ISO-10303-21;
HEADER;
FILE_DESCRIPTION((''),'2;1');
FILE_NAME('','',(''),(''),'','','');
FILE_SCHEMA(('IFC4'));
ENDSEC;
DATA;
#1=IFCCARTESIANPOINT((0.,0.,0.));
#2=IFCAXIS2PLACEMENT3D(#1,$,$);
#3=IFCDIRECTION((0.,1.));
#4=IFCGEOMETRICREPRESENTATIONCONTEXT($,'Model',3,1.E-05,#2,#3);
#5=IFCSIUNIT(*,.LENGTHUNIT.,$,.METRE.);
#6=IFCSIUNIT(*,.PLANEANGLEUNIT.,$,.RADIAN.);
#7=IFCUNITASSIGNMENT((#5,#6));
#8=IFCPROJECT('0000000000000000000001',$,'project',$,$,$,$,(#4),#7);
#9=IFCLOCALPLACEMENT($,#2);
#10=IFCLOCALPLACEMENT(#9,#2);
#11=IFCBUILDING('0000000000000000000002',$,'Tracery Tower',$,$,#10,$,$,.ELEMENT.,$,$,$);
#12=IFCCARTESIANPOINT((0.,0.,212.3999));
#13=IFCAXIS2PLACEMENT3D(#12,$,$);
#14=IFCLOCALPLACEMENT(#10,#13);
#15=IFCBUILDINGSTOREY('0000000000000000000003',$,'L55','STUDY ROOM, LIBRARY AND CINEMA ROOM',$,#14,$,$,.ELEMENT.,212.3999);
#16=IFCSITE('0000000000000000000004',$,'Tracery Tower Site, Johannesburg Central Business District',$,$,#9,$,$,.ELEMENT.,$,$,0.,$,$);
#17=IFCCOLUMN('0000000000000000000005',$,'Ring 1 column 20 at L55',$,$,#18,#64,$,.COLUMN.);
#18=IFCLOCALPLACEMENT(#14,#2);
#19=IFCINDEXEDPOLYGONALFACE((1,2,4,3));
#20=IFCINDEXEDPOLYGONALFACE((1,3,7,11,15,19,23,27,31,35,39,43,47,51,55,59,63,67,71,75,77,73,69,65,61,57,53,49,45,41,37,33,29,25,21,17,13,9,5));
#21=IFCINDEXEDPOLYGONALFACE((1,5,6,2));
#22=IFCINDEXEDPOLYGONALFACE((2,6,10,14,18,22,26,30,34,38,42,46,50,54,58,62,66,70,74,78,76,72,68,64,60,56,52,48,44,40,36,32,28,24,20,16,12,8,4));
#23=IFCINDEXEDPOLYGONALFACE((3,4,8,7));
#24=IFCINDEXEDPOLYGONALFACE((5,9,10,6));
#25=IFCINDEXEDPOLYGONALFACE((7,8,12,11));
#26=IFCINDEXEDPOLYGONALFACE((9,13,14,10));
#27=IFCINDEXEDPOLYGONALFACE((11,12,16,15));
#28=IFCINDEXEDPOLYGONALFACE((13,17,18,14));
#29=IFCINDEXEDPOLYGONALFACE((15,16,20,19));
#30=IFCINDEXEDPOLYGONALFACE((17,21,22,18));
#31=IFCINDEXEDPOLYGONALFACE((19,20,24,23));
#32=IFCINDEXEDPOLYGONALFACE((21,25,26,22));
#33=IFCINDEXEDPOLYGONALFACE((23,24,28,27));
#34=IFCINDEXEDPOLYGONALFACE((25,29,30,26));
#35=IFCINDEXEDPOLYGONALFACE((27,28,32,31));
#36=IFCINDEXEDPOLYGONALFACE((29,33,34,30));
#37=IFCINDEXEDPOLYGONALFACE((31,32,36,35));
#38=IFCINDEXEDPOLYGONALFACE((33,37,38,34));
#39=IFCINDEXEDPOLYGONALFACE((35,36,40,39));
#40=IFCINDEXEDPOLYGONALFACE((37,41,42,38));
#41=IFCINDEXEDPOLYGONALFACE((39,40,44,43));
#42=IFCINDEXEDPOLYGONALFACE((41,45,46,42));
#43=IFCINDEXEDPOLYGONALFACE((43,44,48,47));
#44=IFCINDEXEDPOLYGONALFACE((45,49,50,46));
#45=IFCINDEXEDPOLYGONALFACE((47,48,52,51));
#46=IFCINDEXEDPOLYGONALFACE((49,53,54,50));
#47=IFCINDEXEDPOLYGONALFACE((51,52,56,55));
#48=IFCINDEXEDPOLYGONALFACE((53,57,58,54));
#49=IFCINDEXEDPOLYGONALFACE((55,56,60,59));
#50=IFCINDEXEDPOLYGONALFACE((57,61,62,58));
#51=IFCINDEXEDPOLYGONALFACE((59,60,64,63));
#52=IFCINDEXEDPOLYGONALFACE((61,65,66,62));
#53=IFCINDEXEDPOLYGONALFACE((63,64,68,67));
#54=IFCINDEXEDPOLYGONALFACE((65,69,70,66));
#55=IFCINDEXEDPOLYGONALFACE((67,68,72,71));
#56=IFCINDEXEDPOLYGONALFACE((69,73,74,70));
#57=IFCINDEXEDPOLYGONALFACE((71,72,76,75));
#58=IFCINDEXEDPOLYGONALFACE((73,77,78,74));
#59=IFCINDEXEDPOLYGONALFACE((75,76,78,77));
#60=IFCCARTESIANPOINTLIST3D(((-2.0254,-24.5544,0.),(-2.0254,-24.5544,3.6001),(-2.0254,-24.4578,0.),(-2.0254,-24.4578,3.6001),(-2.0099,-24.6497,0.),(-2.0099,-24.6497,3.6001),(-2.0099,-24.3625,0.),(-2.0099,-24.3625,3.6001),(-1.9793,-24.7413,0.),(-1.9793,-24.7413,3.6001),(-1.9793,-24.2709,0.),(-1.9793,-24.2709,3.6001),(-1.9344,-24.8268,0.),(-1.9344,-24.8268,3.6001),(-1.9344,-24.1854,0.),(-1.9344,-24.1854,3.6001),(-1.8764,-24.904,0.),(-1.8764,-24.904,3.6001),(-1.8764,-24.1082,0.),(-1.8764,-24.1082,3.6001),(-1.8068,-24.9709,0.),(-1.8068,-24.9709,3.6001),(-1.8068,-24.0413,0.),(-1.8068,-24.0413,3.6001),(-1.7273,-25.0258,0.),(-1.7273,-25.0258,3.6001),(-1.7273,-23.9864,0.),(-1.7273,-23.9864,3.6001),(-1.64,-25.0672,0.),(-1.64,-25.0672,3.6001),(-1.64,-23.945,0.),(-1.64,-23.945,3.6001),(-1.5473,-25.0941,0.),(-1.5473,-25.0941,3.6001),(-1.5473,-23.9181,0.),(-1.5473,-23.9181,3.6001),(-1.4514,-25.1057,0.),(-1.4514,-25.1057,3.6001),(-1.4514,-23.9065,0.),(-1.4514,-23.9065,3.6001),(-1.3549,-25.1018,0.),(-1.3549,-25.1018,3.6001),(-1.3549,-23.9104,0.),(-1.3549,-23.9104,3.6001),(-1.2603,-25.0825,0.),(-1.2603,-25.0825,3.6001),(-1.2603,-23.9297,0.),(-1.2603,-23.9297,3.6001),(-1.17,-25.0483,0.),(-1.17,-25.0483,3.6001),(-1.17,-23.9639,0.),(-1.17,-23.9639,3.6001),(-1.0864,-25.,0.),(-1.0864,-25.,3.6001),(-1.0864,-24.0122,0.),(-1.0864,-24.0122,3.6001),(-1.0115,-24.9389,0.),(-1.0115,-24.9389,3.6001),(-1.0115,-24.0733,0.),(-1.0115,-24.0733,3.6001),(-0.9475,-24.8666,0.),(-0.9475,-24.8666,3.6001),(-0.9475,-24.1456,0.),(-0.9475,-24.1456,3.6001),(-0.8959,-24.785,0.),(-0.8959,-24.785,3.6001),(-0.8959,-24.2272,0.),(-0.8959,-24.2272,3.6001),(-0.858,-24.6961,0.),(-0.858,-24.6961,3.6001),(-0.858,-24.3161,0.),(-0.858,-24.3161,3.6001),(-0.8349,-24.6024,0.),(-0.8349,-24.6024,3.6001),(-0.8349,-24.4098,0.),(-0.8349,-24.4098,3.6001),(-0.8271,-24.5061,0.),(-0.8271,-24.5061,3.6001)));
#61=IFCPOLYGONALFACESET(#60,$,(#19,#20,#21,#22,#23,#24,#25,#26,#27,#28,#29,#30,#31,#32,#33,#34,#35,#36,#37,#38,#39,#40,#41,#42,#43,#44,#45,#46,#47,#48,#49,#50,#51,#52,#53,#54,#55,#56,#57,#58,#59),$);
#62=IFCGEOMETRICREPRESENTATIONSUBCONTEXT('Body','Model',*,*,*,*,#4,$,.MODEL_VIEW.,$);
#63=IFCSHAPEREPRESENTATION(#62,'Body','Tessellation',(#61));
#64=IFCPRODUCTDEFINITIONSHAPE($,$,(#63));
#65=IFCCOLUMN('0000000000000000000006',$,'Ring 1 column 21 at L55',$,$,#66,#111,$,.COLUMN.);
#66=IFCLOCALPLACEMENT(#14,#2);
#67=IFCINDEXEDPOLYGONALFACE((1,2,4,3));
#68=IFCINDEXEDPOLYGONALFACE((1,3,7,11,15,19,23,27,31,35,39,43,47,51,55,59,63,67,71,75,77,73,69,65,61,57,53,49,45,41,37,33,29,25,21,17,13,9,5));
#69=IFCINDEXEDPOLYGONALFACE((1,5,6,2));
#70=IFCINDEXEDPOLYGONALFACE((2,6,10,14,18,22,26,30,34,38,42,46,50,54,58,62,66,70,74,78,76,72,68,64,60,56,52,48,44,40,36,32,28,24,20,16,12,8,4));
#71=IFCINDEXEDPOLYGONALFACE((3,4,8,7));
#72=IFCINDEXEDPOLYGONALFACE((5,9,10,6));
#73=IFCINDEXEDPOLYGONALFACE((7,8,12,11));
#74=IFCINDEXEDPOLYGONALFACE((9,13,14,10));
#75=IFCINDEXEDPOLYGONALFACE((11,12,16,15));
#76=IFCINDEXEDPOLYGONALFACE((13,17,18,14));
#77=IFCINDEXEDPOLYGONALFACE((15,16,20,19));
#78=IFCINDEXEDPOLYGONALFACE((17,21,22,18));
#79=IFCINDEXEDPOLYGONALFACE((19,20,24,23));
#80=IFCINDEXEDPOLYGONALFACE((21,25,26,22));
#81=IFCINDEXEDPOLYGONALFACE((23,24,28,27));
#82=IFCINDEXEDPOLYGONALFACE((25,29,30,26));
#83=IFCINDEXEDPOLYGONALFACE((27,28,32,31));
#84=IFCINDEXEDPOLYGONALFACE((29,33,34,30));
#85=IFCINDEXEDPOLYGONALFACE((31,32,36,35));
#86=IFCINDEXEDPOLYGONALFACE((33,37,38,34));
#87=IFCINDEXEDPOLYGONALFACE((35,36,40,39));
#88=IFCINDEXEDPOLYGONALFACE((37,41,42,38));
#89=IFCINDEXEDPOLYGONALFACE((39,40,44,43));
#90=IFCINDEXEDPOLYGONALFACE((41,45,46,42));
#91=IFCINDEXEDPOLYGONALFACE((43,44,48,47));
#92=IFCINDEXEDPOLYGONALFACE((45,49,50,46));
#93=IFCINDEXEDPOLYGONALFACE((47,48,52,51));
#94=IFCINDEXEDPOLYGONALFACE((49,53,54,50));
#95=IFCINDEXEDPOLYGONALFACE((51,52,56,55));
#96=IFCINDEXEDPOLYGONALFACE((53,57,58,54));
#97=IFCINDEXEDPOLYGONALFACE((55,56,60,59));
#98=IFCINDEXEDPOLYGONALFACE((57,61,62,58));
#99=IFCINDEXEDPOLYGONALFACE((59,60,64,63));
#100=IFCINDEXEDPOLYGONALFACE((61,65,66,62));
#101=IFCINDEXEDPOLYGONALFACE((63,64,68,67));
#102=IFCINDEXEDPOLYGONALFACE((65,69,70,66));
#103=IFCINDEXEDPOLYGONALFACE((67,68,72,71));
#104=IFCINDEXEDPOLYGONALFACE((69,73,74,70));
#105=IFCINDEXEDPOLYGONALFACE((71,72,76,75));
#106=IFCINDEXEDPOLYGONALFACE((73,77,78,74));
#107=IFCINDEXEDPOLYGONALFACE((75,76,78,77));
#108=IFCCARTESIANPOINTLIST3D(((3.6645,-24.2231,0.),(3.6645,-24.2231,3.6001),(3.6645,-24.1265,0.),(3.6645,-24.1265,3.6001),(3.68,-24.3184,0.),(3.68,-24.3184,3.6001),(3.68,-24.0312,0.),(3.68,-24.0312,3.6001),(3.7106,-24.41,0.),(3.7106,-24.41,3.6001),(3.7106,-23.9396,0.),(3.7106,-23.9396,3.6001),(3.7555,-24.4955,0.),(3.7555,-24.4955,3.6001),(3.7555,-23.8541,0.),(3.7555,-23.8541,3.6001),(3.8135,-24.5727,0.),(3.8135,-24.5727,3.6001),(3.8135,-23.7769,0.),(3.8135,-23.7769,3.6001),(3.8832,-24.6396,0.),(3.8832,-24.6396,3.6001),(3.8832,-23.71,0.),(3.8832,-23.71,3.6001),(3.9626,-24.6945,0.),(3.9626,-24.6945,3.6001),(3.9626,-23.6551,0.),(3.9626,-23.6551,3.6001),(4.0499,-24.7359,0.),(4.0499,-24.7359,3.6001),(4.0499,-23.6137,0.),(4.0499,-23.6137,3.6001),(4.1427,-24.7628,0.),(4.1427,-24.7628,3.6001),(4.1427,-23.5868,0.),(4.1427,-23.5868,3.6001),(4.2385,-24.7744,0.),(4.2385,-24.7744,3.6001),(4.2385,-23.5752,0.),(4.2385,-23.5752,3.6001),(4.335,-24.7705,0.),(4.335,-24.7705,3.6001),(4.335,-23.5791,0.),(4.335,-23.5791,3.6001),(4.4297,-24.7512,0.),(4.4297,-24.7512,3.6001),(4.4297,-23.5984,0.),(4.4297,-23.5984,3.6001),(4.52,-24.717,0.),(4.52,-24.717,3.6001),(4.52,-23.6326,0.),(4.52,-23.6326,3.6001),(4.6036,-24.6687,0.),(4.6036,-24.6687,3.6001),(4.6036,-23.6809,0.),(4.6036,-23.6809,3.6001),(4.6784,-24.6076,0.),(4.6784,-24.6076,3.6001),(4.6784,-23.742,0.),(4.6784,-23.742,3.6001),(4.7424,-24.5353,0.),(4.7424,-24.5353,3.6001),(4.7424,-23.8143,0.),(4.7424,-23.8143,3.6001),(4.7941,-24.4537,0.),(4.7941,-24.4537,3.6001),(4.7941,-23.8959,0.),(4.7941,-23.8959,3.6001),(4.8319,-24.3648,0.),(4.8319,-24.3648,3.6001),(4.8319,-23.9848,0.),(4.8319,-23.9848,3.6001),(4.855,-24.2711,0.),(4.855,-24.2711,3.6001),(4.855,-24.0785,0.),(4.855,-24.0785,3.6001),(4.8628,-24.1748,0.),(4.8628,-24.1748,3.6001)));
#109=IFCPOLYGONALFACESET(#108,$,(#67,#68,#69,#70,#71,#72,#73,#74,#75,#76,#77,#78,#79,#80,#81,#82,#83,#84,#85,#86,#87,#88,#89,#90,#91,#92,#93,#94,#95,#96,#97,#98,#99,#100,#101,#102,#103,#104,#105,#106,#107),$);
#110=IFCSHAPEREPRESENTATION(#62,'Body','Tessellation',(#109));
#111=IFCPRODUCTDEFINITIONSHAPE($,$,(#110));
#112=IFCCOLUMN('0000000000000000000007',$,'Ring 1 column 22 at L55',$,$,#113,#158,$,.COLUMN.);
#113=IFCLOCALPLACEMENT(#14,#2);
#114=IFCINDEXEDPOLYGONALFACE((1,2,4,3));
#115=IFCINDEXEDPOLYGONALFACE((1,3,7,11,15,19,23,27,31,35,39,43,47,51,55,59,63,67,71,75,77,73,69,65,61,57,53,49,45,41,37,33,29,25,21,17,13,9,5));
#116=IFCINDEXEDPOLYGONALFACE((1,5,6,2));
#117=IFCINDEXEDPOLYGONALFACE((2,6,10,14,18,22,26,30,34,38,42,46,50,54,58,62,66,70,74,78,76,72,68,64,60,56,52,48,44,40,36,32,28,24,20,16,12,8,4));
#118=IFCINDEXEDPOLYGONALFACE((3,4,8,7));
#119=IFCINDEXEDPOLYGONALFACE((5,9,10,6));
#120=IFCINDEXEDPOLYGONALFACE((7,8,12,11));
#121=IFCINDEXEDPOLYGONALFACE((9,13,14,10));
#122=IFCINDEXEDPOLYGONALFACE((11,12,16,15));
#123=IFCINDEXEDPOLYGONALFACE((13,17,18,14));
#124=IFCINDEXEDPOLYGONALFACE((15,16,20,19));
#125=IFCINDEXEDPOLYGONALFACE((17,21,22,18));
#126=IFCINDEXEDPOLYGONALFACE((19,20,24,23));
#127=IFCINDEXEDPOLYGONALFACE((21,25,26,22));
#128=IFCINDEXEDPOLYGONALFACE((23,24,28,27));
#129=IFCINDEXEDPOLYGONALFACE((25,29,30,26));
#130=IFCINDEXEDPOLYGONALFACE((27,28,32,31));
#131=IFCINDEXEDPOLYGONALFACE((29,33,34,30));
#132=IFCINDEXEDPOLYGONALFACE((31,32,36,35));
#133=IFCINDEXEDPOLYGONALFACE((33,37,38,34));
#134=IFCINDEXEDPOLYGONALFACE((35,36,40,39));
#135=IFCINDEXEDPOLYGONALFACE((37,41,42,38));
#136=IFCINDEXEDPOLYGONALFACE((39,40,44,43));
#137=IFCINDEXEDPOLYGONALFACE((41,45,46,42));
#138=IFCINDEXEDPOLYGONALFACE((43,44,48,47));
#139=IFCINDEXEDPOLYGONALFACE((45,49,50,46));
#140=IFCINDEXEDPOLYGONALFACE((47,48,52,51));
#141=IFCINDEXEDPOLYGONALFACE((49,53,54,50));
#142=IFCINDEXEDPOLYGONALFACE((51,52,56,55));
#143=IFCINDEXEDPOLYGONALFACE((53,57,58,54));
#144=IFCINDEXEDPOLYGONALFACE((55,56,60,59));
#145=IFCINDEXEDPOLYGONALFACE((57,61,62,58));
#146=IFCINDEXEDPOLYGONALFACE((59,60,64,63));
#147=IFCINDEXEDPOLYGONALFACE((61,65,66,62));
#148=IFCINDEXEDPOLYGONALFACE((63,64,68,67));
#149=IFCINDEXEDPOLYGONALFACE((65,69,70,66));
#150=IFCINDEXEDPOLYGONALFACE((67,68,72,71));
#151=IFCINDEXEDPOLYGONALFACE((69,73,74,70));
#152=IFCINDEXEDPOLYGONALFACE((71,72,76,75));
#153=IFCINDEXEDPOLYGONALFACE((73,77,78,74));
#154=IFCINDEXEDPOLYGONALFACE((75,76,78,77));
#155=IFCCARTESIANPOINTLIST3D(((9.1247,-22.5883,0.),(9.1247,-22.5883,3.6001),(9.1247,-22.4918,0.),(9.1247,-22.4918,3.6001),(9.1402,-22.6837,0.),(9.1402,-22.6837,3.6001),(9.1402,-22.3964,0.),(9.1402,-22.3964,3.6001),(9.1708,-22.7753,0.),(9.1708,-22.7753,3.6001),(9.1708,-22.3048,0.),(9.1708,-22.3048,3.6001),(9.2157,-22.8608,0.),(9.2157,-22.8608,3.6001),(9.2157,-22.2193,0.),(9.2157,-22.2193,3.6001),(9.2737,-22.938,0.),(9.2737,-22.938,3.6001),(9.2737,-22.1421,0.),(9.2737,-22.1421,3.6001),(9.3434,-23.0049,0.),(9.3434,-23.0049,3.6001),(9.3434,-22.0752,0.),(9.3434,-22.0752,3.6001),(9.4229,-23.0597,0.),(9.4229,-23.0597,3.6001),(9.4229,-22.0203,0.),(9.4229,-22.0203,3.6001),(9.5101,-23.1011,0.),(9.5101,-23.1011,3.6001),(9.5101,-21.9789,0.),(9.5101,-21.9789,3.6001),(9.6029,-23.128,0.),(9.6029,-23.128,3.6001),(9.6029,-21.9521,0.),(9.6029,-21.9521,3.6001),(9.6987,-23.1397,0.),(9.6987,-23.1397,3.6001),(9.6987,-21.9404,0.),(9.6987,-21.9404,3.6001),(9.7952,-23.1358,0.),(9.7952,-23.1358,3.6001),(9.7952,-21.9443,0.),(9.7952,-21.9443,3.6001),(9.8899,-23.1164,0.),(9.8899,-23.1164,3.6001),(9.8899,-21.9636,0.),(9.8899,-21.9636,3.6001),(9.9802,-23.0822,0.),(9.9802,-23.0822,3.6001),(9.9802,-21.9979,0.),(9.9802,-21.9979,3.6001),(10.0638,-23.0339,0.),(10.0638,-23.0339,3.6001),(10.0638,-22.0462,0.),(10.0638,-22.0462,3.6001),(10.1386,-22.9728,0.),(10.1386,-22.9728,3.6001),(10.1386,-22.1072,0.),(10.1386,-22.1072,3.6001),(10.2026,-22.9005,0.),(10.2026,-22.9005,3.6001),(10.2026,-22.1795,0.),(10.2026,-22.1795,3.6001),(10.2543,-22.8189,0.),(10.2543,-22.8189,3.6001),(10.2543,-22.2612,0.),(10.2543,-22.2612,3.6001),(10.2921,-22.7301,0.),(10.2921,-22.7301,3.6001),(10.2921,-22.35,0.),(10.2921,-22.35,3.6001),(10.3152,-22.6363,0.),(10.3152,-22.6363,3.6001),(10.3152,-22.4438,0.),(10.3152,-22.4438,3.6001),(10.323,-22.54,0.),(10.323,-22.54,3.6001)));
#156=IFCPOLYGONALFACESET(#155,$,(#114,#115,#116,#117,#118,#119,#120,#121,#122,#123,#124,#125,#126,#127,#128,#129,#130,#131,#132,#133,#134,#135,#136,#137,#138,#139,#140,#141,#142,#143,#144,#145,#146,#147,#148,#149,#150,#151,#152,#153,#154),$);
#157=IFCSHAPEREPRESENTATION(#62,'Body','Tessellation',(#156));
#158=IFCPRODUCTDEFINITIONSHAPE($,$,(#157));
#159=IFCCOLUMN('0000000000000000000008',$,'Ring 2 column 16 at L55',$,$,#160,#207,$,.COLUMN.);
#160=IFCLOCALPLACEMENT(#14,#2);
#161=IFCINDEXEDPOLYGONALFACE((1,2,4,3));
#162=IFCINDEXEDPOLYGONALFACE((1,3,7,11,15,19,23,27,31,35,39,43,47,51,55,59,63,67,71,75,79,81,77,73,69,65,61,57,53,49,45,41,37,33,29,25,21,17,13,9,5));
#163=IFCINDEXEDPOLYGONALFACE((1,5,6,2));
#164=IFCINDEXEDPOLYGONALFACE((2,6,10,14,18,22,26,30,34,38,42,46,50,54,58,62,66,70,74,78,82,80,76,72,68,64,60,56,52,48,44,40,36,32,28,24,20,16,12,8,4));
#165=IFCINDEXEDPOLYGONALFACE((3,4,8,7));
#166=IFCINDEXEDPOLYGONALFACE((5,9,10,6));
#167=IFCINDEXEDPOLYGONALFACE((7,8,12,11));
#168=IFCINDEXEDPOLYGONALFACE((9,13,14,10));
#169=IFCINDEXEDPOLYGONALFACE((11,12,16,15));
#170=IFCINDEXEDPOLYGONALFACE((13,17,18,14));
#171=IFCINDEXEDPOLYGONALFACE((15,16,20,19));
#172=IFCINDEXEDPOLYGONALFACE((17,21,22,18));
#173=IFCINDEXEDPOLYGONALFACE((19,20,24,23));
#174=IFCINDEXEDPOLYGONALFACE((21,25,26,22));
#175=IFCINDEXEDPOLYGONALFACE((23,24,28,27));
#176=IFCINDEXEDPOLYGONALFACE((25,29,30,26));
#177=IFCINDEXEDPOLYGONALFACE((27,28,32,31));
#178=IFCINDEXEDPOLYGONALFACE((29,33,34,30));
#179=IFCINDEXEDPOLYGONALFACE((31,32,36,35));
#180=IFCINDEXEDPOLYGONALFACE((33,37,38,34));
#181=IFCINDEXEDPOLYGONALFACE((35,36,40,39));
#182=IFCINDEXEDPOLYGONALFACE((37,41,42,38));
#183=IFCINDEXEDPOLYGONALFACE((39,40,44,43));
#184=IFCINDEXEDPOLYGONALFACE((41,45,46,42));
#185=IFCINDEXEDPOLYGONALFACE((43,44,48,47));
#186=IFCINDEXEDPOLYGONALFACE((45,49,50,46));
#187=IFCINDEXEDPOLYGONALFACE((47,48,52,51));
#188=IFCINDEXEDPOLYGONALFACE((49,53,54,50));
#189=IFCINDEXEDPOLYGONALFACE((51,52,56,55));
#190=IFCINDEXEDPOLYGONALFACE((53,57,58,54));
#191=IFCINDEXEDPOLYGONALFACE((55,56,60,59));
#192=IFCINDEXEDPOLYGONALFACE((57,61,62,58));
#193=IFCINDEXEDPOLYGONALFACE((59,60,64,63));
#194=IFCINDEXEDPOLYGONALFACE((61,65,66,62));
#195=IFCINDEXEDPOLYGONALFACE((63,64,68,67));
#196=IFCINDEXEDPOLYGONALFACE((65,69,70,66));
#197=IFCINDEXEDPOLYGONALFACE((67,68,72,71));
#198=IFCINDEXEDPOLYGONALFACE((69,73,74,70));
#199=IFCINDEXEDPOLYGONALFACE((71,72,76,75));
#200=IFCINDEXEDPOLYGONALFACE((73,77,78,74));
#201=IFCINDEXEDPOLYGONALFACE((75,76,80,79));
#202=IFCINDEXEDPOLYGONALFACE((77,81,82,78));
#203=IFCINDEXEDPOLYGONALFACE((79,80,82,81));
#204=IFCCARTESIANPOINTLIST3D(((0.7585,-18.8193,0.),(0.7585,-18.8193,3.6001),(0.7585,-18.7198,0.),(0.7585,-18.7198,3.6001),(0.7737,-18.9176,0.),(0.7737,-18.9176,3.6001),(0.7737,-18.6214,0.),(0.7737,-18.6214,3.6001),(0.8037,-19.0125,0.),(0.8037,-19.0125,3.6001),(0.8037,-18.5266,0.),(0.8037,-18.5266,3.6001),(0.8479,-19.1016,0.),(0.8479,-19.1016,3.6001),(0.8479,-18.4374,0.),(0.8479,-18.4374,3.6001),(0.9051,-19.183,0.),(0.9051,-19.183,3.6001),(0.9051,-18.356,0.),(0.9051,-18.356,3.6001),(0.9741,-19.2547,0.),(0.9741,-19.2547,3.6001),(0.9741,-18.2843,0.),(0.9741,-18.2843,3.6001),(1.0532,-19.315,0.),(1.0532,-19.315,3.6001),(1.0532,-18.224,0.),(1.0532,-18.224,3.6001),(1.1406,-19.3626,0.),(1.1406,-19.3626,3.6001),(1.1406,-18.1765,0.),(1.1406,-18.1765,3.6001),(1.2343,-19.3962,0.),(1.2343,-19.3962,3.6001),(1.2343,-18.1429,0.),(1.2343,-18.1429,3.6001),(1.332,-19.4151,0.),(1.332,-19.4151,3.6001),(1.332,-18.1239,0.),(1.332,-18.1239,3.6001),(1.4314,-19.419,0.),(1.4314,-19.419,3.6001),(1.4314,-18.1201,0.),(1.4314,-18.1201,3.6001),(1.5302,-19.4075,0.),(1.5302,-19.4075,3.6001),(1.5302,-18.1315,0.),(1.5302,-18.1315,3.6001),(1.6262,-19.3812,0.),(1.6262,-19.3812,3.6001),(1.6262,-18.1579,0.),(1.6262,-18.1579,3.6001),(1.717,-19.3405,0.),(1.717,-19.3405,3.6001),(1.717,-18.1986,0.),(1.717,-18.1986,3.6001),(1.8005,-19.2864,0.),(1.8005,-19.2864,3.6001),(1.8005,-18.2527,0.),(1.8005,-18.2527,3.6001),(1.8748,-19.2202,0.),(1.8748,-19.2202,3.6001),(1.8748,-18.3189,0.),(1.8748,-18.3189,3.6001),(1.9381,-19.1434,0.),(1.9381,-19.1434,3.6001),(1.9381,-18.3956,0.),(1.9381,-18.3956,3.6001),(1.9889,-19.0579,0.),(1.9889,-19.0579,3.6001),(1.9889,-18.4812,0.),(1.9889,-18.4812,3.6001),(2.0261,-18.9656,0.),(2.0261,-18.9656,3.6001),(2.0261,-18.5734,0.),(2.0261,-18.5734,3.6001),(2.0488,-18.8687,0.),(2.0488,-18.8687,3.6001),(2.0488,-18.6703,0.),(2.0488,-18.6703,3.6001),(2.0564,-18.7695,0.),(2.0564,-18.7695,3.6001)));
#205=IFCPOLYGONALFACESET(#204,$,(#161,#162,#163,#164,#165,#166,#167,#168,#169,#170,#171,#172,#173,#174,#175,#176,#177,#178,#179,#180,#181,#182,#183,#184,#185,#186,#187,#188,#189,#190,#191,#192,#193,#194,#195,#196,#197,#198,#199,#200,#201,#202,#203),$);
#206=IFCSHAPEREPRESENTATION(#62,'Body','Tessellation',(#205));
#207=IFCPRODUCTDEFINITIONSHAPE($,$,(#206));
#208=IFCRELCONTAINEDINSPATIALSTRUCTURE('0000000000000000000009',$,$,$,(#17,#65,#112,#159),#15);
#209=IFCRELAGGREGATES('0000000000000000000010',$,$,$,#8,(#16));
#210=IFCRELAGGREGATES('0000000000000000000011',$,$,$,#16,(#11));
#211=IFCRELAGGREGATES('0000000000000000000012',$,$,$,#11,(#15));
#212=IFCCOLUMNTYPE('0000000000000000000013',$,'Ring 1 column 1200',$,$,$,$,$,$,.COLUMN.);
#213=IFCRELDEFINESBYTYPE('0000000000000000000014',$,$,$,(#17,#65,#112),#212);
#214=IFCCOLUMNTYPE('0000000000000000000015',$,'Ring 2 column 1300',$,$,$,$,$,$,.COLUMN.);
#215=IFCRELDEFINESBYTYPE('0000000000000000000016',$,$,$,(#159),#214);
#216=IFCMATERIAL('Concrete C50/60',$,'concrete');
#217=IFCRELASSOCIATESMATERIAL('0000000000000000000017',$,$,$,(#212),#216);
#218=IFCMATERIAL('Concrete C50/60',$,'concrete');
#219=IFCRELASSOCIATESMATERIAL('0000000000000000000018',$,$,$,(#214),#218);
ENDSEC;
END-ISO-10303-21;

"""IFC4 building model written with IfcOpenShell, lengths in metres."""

from ifc_helpers import new_model, si_unit, direction, frame, origin, origin_2d, place, context, subcontext, project, spatial, circle, extrude, material, material_profile, profile_set, type_object, element, save


model = new_model("IFC4")

# Units and contexts
model_context = context("Model", 3, precision=1e-05, world=origin(), true_north=direction((0.0, 1.0)))
body_context = subcontext(model_context, "Body", "Model", "MODEL_VIEW")
ifc_project = project(units=[si_unit("LENGTHUNIT", "METRE"), si_unit("PLANEANGLEUNIT", "RADIAN")], contexts=[model_context])

# Site, building, storey
site_placement = place(None, origin())
site = spatial("IfcSite", under=ifc_project, at=site_placement, Name="Tracery Tower Site, Johannesburg Central Business District", CompositionType="ELEMENT", RefElevation=0.0)
building_placement = place(site_placement, origin())
building = spatial("IfcBuilding", under=site, at=building_placement, Name="Tracery Tower", CompositionType="ELEMENT")
storey_placement = place(building_placement, frame((0.0, 0.0, 212.3999)))
storey = spatial("IfcBuildingStorey", under=building, at=storey_placement, Name="L55", Description="STUDY ROOM, LIBRARY AND CINEMA ROOM", CompositionType="ELEMENT", Elevation=212.3999)

# Columns
ifc_material_1 = material(Name="Concrete C50/60", Category="concrete")
ifc_material_profile_1 = material_profile(ifc_material_1, circle(Radius=0.6001, at=origin_2d()), Name="RC D1200")
ifc_profile_set_1 = profile_set([ifc_material_profile_1], Name="Concrete C50/60")
column_type_1 = type_object("IfcColumnType", Name="Ring 1 column 1200", PredefinedType="COLUMN", material=ifc_profile_set_1)
for number, where, z_axis, x_axis, name in (
    (1, (-1.4272, -24.5061, 0.0), (0.0, 0.0, 1.0), (1.0, 0.0, 0.0), "Ring 1 column 20 at L55"),
    (2, (4.2627, -24.1748, 0.0), (0.0, 0.0, 1.0), (1.0, 0.0, 0.0), "Ring 1 column 21 at L55"),
    (3, (9.7229, -22.54, 0.0), (0.0, 0.0, 1.0), (1.0, 0.0, 0.0), "Ring 1 column 22 at L55"),
):
    element("IfcColumn", number, at=place(storey_placement, frame(where, z_axis=z_axis, x_axis=x_axis)), inside=storey, type_object=column_type_1, Name=name, PredefinedType="COLUMN", context=body_context, shape_type="SweptSolid", body=[
        extrude(circle(Radius=0.6001, at=origin_2d()), origin(), (0.0, 0.0, 1.0), 3.6001),
    ])
ifc_material_2 = material(Name="Concrete C50/60", Category="concrete")
ifc_material_profile_2 = material_profile(ifc_material_2, circle(Radius=0.6499, at=origin_2d()), Name="RC D1300")
ifc_profile_set_2 = profile_set([ifc_material_profile_2], Name="Concrete C50/60")
column_type_2 = type_object("IfcColumnType", Name="Ring 2 column 1300", PredefinedType="COLUMN", material=ifc_profile_set_2)
for number, where, z_axis, x_axis, name in (
    (4, (1.4065, -18.7695, 0.0), (0.0, 0.0, 1.0), (1.0, 0.0, 0.0), "Ring 2 column 16 at L55"),
):
    element("IfcColumn", number, at=place(storey_placement, frame(where, z_axis=z_axis, x_axis=x_axis)), inside=storey, type_object=column_type_2, Name=name, PredefinedType="COLUMN", context=body_context, shape_type="SweptSolid", body=[
        extrude(circle(Radius=0.6499, at=origin_2d()), origin(), (0.0, 0.0, 1.0), 3.6001),
    ])

save(model, "model.ifc")
